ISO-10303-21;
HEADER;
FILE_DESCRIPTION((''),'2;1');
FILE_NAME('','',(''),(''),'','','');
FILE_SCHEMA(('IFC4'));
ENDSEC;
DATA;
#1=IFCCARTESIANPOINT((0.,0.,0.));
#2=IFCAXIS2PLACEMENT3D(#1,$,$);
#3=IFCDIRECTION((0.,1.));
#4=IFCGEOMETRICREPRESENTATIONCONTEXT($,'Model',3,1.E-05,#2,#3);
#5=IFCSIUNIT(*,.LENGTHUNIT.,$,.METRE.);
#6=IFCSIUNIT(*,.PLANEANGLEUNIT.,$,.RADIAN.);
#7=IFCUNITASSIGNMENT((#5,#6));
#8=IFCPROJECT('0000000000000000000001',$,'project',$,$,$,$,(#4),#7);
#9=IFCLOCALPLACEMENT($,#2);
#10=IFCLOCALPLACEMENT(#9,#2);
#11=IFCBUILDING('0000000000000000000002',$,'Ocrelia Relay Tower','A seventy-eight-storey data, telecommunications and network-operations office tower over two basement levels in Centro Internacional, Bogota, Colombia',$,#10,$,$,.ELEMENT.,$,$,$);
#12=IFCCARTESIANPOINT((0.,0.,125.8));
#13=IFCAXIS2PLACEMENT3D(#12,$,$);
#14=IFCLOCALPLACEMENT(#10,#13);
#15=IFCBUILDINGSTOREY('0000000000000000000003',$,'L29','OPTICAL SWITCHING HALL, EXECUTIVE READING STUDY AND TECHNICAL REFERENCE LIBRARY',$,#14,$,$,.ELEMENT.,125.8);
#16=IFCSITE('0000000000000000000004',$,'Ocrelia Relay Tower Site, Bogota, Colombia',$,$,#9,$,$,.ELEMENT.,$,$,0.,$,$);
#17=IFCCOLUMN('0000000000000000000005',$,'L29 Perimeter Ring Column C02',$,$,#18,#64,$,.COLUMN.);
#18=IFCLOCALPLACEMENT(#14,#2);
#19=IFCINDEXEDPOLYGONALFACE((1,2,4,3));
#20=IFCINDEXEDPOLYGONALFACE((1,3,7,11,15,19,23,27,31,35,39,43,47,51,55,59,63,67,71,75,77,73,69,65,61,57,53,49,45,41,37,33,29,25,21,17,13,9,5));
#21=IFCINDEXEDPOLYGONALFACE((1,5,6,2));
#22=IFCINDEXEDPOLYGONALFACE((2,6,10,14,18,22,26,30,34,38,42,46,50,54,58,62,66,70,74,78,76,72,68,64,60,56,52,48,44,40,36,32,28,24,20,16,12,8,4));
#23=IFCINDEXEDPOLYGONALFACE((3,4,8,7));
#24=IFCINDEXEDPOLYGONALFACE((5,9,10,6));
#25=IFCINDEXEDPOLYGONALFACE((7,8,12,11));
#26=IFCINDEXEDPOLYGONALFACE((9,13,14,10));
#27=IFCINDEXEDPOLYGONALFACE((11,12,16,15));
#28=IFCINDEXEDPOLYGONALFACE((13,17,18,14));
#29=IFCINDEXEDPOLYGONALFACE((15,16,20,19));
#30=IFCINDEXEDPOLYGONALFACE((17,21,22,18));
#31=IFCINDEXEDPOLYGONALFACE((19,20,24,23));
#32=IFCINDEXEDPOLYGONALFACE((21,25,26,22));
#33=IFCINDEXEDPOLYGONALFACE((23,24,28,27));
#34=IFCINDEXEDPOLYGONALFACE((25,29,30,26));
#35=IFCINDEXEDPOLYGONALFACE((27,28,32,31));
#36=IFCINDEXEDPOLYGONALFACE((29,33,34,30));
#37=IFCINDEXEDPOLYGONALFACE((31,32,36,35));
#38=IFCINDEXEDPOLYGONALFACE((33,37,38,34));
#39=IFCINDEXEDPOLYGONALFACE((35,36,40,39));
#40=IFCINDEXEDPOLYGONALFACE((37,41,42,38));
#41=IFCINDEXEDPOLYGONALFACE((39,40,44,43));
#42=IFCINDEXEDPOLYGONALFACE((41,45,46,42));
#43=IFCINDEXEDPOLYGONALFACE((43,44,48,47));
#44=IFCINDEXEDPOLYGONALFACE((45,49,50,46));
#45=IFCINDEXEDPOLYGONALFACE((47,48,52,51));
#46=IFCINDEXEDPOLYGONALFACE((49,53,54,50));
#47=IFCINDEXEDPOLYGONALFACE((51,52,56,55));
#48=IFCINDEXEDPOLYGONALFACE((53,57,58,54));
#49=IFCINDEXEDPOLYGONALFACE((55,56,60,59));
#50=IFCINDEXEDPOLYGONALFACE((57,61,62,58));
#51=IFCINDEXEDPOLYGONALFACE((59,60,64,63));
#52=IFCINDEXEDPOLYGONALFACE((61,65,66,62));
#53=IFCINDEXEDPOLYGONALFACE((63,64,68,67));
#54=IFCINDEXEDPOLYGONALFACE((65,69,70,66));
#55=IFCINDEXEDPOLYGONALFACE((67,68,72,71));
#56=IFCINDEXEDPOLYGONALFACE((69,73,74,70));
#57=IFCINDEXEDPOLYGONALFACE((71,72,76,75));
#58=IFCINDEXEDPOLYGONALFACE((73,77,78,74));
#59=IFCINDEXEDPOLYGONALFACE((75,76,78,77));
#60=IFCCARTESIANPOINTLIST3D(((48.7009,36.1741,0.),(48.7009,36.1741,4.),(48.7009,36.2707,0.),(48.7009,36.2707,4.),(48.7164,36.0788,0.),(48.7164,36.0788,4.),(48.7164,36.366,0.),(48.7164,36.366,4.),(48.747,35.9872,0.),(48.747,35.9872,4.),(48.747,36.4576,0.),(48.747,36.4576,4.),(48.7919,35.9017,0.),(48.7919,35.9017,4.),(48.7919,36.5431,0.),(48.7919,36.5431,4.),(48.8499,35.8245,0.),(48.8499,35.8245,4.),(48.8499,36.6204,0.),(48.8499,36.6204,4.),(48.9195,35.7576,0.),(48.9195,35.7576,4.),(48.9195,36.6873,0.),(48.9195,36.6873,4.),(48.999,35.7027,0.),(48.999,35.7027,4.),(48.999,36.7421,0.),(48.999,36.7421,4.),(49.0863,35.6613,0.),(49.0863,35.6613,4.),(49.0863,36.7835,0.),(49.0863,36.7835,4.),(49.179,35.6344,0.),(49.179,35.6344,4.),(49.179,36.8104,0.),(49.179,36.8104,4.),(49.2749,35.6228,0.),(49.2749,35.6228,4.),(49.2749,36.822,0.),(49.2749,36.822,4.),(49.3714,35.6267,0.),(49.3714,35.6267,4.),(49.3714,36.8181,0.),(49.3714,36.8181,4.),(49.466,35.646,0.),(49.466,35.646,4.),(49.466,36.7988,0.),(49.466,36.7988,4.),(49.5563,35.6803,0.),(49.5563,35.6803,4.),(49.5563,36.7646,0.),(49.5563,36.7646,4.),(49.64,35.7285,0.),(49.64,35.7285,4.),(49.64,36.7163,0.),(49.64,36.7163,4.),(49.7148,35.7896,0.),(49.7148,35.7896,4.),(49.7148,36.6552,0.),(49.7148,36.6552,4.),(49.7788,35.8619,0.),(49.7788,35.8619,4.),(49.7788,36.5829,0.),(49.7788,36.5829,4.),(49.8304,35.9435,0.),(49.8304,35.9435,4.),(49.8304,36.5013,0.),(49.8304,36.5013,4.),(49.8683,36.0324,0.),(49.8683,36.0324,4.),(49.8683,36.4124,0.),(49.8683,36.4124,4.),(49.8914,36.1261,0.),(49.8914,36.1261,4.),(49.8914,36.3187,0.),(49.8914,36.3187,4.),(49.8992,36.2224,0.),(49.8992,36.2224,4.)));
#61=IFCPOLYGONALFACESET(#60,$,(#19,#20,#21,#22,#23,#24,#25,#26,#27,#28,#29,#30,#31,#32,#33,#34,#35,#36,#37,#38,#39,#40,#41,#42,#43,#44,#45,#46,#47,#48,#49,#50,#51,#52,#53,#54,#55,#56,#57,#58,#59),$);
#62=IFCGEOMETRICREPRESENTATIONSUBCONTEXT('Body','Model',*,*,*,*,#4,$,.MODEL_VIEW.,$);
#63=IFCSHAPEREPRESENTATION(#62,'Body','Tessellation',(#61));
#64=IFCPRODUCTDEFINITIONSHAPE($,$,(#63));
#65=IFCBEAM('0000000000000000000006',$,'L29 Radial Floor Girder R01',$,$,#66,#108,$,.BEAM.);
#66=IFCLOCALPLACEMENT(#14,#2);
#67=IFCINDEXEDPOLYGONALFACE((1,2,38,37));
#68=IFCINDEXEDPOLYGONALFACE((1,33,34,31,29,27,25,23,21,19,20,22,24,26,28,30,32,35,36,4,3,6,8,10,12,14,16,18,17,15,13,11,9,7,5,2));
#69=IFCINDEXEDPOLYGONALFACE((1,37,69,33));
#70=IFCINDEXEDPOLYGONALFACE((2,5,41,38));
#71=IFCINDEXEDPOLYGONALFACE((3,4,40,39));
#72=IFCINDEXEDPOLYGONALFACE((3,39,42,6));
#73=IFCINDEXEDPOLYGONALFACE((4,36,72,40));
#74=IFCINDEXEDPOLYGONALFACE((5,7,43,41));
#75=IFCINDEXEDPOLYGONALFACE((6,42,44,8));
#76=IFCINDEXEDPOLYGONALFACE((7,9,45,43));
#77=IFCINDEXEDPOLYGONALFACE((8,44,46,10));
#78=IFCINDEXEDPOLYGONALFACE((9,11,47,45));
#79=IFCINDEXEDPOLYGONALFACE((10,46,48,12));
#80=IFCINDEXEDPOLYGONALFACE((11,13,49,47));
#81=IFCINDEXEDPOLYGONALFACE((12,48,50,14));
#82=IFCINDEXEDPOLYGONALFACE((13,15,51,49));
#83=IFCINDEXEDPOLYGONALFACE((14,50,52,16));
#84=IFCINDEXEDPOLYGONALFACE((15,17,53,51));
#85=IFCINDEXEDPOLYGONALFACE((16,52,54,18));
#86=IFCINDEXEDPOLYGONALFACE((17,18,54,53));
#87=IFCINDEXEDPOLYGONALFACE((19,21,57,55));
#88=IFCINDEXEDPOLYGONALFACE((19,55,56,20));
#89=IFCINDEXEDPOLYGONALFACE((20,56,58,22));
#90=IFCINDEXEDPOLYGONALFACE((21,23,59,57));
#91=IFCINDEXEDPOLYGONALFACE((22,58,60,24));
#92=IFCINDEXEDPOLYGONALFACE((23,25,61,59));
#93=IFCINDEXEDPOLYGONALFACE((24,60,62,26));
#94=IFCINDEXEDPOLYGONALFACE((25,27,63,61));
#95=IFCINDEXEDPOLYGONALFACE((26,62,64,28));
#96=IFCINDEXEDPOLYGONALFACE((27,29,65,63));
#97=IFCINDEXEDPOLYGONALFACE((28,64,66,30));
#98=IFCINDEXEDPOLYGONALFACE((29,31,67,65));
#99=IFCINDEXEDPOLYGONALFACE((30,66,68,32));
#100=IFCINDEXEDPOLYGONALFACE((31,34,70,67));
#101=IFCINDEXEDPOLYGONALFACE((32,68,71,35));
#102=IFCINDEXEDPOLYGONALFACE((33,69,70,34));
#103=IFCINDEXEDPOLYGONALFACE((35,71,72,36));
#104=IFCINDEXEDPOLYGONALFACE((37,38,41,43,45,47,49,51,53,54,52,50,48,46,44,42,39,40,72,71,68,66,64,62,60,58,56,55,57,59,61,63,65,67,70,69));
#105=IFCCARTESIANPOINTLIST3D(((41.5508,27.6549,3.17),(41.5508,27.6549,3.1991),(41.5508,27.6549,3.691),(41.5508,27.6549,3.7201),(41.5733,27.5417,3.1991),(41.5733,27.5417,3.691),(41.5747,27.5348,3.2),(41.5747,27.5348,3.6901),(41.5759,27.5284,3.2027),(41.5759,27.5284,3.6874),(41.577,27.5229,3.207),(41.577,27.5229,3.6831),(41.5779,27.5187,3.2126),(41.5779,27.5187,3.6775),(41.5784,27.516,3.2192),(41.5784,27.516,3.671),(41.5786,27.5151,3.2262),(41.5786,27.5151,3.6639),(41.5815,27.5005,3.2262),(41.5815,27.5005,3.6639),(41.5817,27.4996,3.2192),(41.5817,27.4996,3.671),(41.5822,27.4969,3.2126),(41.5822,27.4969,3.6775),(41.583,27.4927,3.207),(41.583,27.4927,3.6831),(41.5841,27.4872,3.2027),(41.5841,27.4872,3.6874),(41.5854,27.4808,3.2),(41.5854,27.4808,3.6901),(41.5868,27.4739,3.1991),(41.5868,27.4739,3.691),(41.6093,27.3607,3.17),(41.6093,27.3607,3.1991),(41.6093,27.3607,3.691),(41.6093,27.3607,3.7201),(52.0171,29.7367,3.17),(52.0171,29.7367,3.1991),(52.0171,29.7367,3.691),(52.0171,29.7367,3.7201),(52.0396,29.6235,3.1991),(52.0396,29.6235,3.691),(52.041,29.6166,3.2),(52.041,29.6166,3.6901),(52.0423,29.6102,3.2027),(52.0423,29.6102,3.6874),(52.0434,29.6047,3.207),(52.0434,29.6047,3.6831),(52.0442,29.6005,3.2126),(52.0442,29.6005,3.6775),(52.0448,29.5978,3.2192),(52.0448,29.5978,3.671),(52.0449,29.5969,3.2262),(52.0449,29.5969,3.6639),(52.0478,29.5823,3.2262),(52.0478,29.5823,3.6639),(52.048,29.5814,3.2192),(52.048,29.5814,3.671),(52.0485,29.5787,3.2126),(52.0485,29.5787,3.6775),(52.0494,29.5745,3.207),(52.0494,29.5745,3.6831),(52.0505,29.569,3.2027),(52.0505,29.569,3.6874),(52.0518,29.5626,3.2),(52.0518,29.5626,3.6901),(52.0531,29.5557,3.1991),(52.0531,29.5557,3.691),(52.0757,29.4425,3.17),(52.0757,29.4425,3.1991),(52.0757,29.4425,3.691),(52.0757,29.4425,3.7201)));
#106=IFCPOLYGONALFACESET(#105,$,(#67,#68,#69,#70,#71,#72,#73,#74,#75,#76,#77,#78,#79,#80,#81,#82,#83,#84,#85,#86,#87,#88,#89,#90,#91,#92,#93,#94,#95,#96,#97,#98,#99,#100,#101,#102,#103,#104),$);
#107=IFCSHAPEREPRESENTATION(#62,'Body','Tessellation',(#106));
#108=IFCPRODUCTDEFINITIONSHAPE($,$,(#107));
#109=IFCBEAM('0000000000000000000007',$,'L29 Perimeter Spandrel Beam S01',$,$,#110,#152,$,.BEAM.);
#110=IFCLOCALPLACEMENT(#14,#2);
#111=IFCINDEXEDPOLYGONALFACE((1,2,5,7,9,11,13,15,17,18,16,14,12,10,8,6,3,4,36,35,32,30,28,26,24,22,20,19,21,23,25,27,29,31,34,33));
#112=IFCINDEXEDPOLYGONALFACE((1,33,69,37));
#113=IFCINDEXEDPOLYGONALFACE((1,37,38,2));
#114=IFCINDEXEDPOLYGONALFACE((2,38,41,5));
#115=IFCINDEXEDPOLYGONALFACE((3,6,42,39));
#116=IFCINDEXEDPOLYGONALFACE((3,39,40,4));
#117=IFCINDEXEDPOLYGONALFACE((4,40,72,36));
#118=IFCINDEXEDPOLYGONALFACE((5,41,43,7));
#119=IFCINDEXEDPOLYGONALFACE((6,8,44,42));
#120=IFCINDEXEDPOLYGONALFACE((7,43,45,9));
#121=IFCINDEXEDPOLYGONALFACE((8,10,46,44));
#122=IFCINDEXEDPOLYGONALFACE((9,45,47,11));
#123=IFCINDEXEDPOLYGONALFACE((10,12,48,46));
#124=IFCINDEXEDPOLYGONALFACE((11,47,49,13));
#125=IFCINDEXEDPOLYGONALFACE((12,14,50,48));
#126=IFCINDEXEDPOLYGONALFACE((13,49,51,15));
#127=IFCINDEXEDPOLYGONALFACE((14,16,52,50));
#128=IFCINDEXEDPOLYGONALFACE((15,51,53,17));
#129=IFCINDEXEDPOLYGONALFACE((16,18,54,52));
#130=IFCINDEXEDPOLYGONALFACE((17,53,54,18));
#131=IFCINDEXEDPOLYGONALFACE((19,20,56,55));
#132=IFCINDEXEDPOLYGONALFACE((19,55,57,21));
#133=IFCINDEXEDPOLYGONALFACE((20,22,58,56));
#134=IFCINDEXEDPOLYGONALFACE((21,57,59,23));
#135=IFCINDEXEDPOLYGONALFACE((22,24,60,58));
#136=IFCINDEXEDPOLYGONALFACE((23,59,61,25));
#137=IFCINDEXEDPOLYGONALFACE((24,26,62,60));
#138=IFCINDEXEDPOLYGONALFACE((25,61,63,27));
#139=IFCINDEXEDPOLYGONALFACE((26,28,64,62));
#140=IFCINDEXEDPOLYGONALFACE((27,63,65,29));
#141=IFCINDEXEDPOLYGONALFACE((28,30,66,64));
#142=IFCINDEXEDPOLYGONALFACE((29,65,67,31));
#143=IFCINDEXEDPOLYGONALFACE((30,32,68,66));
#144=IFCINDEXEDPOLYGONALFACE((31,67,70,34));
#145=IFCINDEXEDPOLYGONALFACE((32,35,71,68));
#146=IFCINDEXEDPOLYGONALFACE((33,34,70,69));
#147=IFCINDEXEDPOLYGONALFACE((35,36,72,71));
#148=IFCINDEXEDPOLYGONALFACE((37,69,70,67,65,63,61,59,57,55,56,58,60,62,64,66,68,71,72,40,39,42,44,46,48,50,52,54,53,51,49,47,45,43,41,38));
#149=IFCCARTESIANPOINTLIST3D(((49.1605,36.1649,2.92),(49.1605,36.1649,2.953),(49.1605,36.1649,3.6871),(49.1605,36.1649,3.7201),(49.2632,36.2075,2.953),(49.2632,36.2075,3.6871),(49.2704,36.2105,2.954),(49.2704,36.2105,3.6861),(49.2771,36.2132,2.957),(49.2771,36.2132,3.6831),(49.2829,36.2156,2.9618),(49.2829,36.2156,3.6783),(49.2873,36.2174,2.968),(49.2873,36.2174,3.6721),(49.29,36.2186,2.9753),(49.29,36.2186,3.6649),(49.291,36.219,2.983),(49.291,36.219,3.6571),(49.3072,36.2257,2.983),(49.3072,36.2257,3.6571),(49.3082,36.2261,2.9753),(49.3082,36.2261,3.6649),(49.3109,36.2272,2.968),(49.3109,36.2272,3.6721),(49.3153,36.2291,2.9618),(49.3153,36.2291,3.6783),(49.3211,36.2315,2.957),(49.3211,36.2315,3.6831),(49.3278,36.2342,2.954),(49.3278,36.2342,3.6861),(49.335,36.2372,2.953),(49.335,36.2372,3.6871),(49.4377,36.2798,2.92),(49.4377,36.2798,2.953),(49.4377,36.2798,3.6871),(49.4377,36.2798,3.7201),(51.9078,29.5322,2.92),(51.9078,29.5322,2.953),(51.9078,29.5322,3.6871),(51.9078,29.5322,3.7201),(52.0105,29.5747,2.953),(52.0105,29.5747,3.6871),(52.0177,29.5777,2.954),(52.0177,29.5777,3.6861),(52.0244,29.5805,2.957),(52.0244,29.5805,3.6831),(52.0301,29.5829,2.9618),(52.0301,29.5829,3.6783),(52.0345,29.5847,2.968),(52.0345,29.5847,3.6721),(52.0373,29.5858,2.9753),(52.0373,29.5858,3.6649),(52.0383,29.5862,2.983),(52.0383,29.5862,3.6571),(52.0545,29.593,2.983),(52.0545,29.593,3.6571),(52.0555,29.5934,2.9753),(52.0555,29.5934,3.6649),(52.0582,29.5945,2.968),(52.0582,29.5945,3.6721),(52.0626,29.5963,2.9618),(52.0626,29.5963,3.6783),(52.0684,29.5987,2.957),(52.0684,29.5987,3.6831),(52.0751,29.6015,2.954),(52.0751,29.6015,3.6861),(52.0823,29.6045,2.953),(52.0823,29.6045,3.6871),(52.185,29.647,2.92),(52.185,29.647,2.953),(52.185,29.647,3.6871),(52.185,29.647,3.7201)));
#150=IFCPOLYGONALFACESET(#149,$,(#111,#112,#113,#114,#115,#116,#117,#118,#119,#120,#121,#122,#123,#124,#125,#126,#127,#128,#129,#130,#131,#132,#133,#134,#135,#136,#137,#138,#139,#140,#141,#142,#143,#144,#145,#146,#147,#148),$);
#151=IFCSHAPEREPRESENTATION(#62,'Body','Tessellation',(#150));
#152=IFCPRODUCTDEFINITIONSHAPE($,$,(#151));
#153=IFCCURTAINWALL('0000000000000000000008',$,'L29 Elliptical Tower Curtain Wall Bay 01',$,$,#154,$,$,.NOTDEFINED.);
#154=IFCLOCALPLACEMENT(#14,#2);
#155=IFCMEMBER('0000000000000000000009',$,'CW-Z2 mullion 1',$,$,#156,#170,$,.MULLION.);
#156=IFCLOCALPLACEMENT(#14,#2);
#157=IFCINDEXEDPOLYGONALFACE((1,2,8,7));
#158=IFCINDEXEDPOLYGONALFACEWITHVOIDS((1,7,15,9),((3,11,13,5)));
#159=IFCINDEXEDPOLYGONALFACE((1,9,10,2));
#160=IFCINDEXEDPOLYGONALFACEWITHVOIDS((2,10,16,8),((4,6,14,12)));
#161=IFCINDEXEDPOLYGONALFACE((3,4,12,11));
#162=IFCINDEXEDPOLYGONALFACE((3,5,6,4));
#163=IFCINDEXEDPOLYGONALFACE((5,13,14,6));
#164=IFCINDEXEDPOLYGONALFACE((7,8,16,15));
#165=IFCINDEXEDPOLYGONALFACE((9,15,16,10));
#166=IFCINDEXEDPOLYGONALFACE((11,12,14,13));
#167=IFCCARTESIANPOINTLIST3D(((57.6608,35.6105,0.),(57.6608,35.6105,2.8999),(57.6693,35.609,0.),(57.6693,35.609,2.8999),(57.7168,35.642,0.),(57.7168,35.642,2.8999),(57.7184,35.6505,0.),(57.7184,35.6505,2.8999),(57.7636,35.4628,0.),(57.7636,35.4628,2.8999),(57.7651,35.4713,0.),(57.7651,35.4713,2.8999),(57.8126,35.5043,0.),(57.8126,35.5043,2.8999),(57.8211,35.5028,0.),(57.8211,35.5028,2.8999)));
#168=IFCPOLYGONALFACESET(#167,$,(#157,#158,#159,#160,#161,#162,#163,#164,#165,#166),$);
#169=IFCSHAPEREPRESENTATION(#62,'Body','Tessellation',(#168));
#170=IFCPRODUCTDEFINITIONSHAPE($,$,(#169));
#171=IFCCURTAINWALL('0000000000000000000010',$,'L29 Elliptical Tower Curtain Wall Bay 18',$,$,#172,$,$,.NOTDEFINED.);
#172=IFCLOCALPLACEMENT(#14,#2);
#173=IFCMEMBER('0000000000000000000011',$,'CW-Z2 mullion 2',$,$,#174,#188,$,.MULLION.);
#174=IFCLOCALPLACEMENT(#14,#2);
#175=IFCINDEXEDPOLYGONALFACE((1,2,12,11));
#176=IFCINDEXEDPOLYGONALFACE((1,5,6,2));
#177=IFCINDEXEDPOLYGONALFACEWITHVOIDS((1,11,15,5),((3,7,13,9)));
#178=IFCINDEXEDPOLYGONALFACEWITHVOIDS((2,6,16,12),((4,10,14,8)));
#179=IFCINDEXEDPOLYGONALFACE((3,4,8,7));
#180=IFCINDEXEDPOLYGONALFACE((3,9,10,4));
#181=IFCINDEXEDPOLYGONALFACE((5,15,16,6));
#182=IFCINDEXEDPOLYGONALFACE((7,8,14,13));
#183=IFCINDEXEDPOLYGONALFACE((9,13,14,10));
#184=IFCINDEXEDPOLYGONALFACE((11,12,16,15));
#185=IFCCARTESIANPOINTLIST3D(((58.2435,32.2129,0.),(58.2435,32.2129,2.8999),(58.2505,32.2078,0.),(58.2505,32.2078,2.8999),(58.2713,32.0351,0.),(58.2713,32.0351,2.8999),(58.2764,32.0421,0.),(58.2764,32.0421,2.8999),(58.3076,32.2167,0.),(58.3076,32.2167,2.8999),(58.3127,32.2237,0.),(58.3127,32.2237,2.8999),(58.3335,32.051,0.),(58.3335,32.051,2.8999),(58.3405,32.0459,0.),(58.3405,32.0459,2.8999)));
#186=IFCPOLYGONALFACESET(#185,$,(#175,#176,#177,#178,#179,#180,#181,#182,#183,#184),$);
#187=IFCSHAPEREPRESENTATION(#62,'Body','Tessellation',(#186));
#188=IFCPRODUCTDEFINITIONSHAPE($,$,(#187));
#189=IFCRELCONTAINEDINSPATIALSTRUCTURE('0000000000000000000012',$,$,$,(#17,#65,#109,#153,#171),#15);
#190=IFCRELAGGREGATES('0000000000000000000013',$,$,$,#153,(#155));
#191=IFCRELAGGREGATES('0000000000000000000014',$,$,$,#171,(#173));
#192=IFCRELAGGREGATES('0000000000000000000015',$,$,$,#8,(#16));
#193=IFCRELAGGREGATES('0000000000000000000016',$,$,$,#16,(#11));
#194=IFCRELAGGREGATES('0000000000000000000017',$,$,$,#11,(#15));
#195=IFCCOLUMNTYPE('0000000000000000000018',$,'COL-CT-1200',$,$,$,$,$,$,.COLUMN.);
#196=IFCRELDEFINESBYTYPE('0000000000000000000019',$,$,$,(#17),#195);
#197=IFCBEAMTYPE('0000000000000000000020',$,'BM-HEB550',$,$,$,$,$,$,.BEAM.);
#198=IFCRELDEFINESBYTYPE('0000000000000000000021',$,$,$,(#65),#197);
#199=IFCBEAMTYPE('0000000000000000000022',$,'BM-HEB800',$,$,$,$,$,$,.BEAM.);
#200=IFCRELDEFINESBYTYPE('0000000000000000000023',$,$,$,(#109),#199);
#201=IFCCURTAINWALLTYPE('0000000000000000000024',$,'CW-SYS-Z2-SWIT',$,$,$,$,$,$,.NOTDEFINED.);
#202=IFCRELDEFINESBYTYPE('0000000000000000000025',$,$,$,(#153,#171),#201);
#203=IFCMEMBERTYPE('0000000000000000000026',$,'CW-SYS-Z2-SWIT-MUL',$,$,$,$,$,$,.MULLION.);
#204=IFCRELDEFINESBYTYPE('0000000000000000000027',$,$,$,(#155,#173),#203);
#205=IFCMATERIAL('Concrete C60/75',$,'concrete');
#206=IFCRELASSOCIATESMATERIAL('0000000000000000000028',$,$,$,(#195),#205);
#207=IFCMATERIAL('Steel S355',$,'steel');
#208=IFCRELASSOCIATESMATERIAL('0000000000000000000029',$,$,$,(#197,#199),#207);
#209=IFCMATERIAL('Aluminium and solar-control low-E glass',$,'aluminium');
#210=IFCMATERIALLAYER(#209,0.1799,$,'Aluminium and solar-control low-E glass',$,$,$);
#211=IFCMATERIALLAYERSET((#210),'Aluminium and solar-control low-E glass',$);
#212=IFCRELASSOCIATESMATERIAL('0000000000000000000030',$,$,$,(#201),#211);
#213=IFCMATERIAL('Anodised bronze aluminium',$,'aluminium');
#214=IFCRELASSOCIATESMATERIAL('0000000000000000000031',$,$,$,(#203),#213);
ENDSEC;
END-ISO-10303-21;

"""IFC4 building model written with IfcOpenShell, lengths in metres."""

from ifc_helpers import new_model, si_unit, direction, frame, origin, origin_2d, place, context, subcontext, project, spatial, hollow_rectangle, circle, i_section, extrude, material, layer, layer_set, material_profile, profile_set, type_object, element, aggregate, save


model = new_model("IFC4")

# Units and contexts
model_context = context("Model", 3, precision=1e-05, world=origin(), true_north=direction((0.0, 1.0)))
body_context = subcontext(model_context, "Body", "Model", "MODEL_VIEW")
ifc_project = project(units=[si_unit("LENGTHUNIT", "METRE"), si_unit("PLANEANGLEUNIT", "RADIAN")], contexts=[model_context])

# Site, building, storey
site_placement = place(None, origin())
site = spatial("IfcSite", under=ifc_project, at=site_placement, Name="Ocrelia Relay Tower Site, Bogota, Colombia", CompositionType="ELEMENT", RefElevation=0.0)
building_placement = place(site_placement, origin())
building = spatial("IfcBuilding", under=site, at=building_placement, Name="Ocrelia Relay Tower", Description="A seventy-eight-storey data, telecommunications and network-operations office tower over two basement levels in Centro Internacional, Bogota, Colombia", CompositionType="ELEMENT")
storey_placement = place(building_placement, frame((0.0, 0.0, 125.8)))
storey = spatial("IfcBuildingStorey", under=building, at=storey_placement, Name="L29", Description="OPTICAL SWITCHING HALL, EXECUTIVE READING STUDY AND TECHNICAL REFERENCE LIBRARY", CompositionType="ELEMENT", Elevation=125.8)

# Column
ifc_material_1 = material(Name="Concrete C60/75", Category="concrete")
ifc_material_profile_1 = material_profile(ifc_material_1, circle(Radius=0.6001, at=origin_2d()), Name="RC-CIR-1200")
ifc_profile_set_1 = profile_set([ifc_material_profile_1], Name="Concrete C60/75")
column_type = type_object("IfcColumnType", Name="COL-CT-1200", PredefinedType="COLUMN", material=ifc_profile_set_1)
column_placement = place(storey_placement, frame((49.2991, 36.2224, 0.0), z_axis=(0.0, 0.0, 1.0), x_axis=(1.0, 0.0, 0.0)))
element("IfcColumn", 1, at=column_placement, inside=storey, type_object=column_type, Name="L29 Perimeter Ring Column C02", PredefinedType="COLUMN", context=body_context, shape_type="SweptSolid", body=[
    extrude(circle(Radius=0.6001, at=origin_2d()), origin(), (0.0, 0.0, 1.0), 4.0),
])

# Beams
ifc_material_2 = material(Name="Steel S355", Category="steel")
ifc_material_profile_2 = material_profile(ifc_material_2, i_section(OverallWidth=0.3, OverallDepth=0.55, WebThickness=0.0149, FlangeThickness=0.0291, FilletRadius=0.0271, at=origin_2d()), Name="HEB 550")
ifc_profile_set_2 = profile_set([ifc_material_profile_2], Name="Steel S355")
beam_type_1 = type_object("IfcBeamType", Name="BM-HEB550", PredefinedType="BEAM", material=ifc_profile_set_2)
beam_1_placement = place(storey_placement, frame((52.0464, 29.5896, 3.4451), z_axis=(-0.980787, -0.195082, 0.0), x_axis=(0.195082, -0.980787, 0.0)))
element("IfcBeam", 2, at=beam_1_placement, inside=storey, type_object=beam_type_1, Name="L29 Radial Floor Girder R01", PredefinedType="BEAM", context=body_context, shape_type="SweptSolid", body=[
    extrude(i_section(OverallWidth=0.3, OverallDepth=0.55, WebThickness=0.0149, FlangeThickness=0.0291, FilletRadius=0.0271, at=origin_2d()), origin(), (0.0, 0.0, 1.0), 10.6714),
])
ifc_material_profile_3 = material_profile(ifc_material_2, i_section(OverallWidth=0.3, OverallDepth=0.8, WebThickness=0.0176, FlangeThickness=0.033, FilletRadius=0.03, at=origin_2d()), Name="HEB 800")
ifc_profile_set_3 = profile_set([ifc_material_profile_3], Name="Steel S355")
beam_type_2 = type_object("IfcBeamType", Name="BM-HEB800", PredefinedType="BEAM", material=ifc_profile_set_3)
beam_2_placement = place(storey_placement, frame((52.0464, 29.5896, 3.3201), z_axis=(-0.382673, 0.923884, 0.0), x_axis=(-0.923884, -0.382673, 0.0)))
element("IfcBeam", 3, at=beam_2_placement, inside=storey, type_object=beam_type_2, Name="L29 Perimeter Spandrel Beam S01", PredefinedType="BEAM", context=body_context, shape_type="SweptSolid", body=[
    extrude(i_section(OverallWidth=0.3, OverallDepth=0.8, WebThickness=0.0176, FlangeThickness=0.033, FilletRadius=0.03, at=origin_2d()), origin(), (0.0, 0.0, 1.0), 7.1792),
])

# Curtain wall, member
ifc_material_3 = material(Name="Aluminium and solar-control low-E glass", Category="aluminium")
ifc_layer_1 = layer(ifc_material_3, 0.1799, Name="Aluminium and solar-control low-E glass")
ifc_layer_set_1 = layer_set([ifc_layer_1], Name="Aluminium and solar-control low-E glass")
curtain_wall_type = type_object("IfcCurtainWallType", Name="CW-SYS-Z2-SWIT", PredefinedType="NOTDEFINED", material=ifc_layer_set_1)
curtain_wall_1_placement = place(storey_placement, origin())
curtain_wall_1 = element("IfcCurtainWall", 4, at=curtain_wall_1_placement, inside=storey, type_object=curtain_wall_type, Name="L29 Elliptical Tower Curtain Wall Bay 01", PredefinedType="NOTDEFINED")
ifc_material_4 = material(Name="Anodised bronze aluminium", Category="aluminium")
ifc_material_profile_4 = material_profile(ifc_material_4, hollow_rectangle(XDim=0.0701, YDim=0.1799, WallThickness=0.0061, at=origin_2d()), Name="CW-MUL-180x70")
ifc_profile_set_4 = profile_set([ifc_material_profile_4], Name="Anodised bronze aluminium")
member_type_1 = type_object("IfcMemberType", Name="CW-SYS-Z2-SWIT-MUL", PredefinedType="MULLION", material=ifc_profile_set_4)
member_1_placement = place(storey_placement, frame((57.741, 35.5566, 0.0), z_axis=(0.0, 0.0, 1.0), x_axis=(-0.820955, -0.570993, 0.0)))
member_1 = element("IfcMember", 5, at=member_1_placement, type_object=member_type_1, Name="CW-Z2 mullion 1", PredefinedType="MULLION", context=body_context, shape_type="SweptSolid", body=[
    extrude(hollow_rectangle(XDim=0.0701, YDim=0.1799, WallThickness=0.0061, at=origin_2d()), origin(), (0.0, 0.0, 1.0), 2.8999),
])

# Curtain wall, member
curtain_wall_2_placement = place(storey_placement, origin())
curtain_wall_2 = element("IfcCurtainWall", 6, at=curtain_wall_2_placement, inside=storey, type_object=curtain_wall_type, Name="L29 Elliptical Tower Curtain Wall Bay 18", PredefinedType="NOTDEFINED")
member_2_placement = place(storey_placement, frame((58.292, 32.1294, 0.0), z_axis=(0.0, 0.0, 1.0), x_axis=(-0.988012, -0.154379, 0.0)))
member_2 = element("IfcMember", 7, at=member_2_placement, type_object=member_type_1, Name="CW-Z2 mullion 2", PredefinedType="MULLION", context=body_context, shape_type="SweptSolid", body=[
    extrude(hollow_rectangle(XDim=0.0701, YDim=0.1799, WallThickness=0.0061, at=origin_2d()), origin(), (0.0, 0.0, 1.0), 2.8999),
])

aggregate(curtain_wall_1, [member_1])

aggregate(curtain_wall_2, [member_2])

save(model, "model.ifc")
